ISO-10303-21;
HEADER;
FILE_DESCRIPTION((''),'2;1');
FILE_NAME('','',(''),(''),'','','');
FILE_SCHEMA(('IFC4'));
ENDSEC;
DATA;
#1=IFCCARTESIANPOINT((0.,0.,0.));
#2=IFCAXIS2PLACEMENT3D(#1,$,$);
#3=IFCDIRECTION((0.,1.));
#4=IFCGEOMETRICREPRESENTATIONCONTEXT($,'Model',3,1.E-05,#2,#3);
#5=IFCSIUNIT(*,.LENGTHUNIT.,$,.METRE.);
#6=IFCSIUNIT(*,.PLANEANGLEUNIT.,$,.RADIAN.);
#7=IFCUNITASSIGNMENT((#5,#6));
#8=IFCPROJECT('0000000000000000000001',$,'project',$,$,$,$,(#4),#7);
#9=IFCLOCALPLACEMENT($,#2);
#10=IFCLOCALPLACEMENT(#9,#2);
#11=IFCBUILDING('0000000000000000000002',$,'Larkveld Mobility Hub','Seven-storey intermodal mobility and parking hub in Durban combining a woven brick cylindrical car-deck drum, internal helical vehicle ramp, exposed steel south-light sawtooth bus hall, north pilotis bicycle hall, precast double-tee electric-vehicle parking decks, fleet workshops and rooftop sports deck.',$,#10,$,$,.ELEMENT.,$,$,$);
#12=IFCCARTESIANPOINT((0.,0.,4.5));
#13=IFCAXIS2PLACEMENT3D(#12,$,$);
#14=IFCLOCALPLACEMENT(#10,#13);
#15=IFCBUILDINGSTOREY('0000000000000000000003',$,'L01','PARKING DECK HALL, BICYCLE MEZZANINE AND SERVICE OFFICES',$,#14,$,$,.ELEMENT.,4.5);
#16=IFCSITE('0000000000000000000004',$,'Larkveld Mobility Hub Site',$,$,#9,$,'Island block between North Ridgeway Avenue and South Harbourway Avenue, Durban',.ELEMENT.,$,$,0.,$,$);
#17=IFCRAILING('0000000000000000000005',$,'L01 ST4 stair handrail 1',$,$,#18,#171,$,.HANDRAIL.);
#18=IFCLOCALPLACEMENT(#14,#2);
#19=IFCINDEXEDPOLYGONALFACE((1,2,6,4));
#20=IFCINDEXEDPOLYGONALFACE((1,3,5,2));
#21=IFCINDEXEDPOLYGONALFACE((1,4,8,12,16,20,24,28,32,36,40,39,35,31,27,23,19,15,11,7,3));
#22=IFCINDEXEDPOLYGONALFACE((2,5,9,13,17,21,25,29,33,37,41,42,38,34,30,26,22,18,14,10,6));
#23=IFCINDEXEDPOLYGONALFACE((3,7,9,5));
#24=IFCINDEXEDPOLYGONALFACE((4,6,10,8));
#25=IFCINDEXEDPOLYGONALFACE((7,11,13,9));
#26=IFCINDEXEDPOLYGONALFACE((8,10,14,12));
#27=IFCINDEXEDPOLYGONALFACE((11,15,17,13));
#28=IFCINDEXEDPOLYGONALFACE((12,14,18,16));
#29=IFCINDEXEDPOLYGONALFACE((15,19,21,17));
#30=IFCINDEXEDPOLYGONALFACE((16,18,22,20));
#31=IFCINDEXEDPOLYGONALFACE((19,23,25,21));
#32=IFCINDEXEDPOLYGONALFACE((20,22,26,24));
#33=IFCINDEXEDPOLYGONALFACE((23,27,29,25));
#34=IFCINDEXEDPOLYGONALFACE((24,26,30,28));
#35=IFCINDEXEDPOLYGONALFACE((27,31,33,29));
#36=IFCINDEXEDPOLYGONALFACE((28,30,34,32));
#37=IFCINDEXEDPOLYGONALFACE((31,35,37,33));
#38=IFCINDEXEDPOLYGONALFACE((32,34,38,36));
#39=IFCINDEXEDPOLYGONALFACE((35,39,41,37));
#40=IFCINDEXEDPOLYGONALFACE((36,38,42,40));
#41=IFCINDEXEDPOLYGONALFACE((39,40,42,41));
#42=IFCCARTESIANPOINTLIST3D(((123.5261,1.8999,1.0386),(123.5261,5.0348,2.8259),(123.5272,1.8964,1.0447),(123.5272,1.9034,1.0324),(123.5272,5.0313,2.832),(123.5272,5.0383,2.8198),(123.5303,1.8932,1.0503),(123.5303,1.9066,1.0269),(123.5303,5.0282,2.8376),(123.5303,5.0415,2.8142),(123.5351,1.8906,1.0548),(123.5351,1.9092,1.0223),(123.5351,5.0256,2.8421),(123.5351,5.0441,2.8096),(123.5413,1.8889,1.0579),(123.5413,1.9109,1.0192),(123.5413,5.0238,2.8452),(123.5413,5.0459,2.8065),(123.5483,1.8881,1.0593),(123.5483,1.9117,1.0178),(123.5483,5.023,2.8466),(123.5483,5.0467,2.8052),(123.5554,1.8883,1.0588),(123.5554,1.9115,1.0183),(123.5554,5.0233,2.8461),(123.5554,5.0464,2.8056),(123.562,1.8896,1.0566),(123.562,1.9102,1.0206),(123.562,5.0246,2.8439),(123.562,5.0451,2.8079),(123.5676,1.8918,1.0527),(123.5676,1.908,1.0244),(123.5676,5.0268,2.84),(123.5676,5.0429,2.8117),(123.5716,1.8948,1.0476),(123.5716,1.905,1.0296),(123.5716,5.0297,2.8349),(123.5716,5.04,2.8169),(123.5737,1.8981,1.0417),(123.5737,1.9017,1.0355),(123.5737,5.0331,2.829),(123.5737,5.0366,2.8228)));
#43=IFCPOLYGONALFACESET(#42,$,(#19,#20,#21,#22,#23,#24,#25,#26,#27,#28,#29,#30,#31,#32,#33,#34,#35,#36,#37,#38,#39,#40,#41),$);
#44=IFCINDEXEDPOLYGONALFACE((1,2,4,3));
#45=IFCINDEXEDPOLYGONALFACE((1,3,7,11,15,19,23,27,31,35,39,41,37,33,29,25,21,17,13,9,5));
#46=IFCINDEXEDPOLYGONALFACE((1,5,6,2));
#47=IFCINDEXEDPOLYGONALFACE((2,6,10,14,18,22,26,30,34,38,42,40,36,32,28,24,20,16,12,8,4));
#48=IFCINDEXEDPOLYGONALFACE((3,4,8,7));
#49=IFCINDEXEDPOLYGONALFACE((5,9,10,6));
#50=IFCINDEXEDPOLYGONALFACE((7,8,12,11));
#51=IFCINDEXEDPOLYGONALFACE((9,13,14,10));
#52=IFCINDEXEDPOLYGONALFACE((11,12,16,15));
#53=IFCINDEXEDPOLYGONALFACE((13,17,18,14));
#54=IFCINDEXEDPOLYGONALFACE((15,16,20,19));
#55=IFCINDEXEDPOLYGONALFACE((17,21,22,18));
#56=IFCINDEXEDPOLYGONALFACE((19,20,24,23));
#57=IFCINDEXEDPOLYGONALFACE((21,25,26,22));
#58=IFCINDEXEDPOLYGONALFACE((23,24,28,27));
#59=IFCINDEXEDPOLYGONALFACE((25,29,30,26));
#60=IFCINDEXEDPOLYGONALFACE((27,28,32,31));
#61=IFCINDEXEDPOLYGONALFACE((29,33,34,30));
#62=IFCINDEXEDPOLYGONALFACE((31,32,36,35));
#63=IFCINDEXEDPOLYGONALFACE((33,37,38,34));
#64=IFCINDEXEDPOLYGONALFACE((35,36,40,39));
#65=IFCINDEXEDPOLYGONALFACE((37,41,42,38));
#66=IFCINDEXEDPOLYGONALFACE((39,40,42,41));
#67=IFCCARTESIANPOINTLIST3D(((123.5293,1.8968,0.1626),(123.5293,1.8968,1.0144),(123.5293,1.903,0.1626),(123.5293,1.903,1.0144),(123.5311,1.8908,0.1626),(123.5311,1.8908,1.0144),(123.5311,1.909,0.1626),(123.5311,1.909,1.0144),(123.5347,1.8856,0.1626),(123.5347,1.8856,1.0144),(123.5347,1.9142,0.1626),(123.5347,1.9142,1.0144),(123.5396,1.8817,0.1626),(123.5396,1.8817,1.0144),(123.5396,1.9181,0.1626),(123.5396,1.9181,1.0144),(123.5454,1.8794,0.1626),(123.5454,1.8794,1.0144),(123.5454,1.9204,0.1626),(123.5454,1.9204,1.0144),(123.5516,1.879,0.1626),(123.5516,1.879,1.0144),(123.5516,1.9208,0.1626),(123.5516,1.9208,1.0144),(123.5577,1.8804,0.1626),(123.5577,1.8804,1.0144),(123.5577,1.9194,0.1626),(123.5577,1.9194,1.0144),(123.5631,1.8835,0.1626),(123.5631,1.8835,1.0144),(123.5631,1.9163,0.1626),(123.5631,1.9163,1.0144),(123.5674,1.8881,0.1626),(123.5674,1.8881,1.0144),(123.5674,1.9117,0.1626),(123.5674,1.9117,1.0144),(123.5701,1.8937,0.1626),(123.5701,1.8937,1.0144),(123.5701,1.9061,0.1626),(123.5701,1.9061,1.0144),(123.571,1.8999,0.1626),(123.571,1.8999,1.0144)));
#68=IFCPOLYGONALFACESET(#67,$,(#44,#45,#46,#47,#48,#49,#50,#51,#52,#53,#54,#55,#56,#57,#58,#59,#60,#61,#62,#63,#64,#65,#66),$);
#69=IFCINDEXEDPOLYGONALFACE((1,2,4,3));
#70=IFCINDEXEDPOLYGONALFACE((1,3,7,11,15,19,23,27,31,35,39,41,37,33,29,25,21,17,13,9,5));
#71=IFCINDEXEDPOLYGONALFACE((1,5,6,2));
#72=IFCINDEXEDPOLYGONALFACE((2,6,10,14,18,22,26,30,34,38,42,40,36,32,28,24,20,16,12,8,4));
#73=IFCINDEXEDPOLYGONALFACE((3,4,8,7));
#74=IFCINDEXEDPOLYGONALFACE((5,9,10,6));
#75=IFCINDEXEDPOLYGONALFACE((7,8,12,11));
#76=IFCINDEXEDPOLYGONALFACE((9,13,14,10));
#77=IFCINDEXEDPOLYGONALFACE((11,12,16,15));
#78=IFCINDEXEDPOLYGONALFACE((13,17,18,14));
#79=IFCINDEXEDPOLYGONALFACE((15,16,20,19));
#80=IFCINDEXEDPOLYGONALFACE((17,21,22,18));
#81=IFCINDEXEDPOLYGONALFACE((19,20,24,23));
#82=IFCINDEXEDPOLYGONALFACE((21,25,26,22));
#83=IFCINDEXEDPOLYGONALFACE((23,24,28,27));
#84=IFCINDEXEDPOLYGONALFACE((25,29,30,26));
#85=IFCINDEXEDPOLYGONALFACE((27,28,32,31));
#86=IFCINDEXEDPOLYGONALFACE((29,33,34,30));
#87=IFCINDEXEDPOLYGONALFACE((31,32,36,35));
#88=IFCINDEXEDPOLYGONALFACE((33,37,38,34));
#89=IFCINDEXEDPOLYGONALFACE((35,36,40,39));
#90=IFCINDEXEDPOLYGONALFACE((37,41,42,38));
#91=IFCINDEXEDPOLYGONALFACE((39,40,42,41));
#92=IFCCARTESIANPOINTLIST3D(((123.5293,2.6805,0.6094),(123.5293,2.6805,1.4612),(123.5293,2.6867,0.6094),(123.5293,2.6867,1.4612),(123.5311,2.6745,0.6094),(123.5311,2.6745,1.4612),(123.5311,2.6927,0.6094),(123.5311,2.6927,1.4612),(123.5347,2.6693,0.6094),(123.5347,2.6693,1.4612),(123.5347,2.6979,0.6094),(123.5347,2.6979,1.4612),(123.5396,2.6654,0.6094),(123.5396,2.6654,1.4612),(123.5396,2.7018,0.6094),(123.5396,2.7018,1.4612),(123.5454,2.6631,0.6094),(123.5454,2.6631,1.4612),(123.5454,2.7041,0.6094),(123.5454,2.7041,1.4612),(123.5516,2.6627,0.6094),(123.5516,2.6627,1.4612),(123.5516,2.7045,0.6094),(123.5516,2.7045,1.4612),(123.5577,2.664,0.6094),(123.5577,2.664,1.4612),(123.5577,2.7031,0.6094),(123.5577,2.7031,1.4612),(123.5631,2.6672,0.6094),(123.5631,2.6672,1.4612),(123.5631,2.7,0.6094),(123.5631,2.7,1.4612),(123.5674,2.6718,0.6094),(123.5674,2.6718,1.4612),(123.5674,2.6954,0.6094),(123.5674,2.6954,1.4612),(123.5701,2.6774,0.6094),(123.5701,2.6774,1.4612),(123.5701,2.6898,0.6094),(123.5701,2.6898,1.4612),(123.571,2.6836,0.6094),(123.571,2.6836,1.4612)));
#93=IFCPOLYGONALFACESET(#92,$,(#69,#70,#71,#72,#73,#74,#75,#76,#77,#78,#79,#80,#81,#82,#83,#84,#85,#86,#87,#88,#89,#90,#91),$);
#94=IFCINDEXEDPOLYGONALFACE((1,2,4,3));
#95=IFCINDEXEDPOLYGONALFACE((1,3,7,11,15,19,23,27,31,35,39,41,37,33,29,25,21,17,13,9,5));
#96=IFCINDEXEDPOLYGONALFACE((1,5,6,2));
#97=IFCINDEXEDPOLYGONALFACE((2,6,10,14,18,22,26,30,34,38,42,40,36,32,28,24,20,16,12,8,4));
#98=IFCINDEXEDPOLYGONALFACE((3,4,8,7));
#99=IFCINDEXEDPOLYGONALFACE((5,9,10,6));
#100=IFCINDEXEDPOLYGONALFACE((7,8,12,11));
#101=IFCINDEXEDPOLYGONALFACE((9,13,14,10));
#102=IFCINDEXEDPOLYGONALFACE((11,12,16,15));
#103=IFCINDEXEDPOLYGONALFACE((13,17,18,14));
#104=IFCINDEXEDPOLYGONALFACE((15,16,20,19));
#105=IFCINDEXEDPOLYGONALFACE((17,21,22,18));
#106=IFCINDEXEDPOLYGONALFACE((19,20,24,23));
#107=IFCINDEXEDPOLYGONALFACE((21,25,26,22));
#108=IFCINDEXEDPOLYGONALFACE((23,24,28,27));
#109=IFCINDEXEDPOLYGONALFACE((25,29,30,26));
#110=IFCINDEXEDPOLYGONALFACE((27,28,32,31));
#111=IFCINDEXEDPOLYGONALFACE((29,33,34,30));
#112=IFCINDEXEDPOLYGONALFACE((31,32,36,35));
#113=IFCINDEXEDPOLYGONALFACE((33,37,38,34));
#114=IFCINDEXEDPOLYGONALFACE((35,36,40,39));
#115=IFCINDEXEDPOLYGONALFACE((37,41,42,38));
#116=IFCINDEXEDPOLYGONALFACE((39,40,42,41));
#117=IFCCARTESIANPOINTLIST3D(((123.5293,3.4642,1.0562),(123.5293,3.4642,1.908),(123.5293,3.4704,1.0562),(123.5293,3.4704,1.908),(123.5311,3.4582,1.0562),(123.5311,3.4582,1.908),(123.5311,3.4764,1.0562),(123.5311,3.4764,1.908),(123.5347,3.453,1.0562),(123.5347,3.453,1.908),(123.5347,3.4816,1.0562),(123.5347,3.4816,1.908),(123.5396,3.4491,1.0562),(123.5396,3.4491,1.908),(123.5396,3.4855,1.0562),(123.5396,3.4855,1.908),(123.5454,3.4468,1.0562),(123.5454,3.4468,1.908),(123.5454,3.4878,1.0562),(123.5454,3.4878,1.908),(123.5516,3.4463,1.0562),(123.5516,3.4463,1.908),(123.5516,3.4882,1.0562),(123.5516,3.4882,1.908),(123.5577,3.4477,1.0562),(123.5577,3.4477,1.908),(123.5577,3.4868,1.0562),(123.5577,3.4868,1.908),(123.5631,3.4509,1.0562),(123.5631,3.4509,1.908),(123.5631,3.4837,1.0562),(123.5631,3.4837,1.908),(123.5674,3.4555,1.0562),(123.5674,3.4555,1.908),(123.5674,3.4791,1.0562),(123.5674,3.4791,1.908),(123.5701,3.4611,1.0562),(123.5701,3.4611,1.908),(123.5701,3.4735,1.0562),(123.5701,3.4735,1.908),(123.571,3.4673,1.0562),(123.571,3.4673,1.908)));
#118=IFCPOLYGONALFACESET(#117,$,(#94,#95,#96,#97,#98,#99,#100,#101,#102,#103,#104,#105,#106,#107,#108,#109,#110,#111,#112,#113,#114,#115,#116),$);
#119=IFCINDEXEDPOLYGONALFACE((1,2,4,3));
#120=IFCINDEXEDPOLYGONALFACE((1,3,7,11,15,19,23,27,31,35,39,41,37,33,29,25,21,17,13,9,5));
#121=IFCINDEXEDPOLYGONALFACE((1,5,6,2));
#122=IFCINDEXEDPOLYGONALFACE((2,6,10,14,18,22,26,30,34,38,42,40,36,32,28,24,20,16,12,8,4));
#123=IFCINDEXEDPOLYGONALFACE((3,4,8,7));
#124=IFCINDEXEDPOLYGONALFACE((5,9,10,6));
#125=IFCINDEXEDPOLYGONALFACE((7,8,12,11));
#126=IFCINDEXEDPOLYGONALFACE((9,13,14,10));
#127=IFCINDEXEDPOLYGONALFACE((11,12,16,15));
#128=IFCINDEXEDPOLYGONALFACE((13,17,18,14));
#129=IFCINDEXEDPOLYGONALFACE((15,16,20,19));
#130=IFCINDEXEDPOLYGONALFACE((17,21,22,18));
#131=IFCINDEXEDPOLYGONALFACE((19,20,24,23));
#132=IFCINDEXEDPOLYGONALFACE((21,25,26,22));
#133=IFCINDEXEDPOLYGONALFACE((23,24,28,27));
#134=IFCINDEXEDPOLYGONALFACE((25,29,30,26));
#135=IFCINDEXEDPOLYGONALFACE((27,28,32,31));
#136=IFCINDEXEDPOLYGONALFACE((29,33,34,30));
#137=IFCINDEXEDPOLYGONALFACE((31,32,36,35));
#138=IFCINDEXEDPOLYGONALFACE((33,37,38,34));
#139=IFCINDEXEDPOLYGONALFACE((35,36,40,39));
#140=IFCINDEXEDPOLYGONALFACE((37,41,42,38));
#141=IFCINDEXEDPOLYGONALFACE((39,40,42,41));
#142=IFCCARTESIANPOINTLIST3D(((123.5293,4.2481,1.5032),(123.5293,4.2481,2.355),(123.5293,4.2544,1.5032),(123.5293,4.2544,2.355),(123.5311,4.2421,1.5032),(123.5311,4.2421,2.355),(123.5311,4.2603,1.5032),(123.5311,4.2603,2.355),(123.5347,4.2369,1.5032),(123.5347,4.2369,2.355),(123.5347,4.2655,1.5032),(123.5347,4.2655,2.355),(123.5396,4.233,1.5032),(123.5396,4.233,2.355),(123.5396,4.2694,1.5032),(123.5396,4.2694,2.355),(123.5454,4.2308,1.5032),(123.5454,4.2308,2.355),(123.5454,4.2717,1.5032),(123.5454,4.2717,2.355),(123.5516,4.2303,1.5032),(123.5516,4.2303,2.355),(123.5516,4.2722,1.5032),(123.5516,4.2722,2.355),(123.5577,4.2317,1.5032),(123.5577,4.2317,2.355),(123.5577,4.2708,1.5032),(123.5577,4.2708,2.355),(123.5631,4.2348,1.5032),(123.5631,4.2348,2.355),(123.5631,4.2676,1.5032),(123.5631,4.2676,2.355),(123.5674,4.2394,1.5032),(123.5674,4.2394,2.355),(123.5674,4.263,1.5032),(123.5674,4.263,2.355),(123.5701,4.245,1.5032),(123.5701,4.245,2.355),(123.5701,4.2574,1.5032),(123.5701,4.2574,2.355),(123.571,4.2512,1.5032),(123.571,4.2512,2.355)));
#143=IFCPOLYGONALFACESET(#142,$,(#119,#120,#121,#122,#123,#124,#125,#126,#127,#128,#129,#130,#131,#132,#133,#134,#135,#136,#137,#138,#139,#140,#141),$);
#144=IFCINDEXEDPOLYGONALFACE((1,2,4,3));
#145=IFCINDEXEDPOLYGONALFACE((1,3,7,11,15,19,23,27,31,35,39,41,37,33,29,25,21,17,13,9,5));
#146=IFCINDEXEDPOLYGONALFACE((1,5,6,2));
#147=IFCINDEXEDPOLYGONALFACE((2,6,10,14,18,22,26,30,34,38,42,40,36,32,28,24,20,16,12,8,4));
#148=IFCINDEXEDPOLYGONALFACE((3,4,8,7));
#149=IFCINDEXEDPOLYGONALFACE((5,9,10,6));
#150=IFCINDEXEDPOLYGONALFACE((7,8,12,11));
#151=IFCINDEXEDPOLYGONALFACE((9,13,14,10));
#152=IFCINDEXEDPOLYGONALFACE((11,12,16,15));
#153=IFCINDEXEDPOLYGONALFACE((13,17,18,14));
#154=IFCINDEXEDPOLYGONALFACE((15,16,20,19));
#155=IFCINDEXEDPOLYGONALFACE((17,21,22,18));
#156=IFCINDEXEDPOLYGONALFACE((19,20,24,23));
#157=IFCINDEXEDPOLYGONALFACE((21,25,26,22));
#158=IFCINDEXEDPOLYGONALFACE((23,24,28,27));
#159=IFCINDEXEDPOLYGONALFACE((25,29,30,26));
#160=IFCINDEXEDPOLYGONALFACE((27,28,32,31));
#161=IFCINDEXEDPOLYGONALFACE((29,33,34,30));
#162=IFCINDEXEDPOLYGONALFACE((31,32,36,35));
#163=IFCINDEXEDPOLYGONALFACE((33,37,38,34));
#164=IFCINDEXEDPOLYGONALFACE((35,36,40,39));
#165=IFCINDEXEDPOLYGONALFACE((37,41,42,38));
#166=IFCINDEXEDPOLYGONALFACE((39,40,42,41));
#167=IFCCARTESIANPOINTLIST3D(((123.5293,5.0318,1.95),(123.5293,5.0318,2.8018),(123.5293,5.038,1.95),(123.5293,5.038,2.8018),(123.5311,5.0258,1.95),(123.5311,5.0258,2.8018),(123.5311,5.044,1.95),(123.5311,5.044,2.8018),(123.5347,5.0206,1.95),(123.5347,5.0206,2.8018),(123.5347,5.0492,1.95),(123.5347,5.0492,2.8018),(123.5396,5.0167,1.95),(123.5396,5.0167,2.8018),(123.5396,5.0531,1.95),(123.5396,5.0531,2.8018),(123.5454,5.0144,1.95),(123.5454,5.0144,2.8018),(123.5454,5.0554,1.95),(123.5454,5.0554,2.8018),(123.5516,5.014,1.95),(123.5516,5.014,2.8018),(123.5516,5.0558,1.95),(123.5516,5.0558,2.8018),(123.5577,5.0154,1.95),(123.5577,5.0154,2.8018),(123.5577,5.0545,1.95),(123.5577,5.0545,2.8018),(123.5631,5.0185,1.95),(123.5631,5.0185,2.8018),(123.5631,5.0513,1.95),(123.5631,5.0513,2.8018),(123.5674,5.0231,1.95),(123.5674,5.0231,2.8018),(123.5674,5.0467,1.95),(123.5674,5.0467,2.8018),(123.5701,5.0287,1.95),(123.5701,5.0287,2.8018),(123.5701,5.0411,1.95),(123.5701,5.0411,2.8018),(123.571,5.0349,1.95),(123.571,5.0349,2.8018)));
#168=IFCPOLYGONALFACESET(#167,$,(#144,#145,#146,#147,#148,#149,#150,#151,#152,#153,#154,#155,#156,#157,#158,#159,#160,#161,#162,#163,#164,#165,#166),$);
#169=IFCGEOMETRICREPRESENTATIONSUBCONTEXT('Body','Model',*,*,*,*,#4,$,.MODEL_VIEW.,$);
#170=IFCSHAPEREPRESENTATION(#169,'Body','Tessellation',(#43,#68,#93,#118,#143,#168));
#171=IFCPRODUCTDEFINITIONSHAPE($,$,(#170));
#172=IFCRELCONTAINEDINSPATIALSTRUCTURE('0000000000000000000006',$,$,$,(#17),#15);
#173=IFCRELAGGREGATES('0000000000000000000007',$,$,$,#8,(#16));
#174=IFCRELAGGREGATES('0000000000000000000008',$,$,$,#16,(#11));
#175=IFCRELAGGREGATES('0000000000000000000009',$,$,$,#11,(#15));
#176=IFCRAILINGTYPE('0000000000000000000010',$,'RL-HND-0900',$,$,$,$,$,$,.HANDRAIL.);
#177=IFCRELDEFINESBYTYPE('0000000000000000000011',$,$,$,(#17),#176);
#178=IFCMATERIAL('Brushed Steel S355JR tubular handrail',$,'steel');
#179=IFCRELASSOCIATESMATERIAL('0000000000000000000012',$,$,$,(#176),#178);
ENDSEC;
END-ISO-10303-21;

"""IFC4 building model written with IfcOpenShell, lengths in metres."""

from ifc_helpers import new_model, si_unit, direction, frame, origin, origin_2d, place, context, subcontext, project, spatial, circle, extrude, material, type_object, element, save


model = new_model("IFC4")

# Units and contexts
model_context = context("Model", 3, precision=1e-05, world=origin(), true_north=direction((0.0, 1.0)))
body_context = subcontext(model_context, "Body", "Model", "MODEL_VIEW")
ifc_project = project(units=[si_unit("LENGTHUNIT", "METRE"), si_unit("PLANEANGLEUNIT", "RADIAN")], contexts=[model_context])

# Site, building, storey
site_placement = place(None, origin())
site = spatial("IfcSite", under=ifc_project, at=site_placement, Name="Larkveld Mobility Hub Site", LongName="Island block between North Ridgeway Avenue and South Harbourway Avenue, Durban", CompositionType="ELEMENT", RefElevation=0.0)
building_placement = place(site_placement, origin())
building = spatial("IfcBuilding", under=site, at=building_placement, Name="Larkveld Mobility Hub", Description="Seven-storey intermodal mobility and parking hub in Durban combining a woven brick cylindrical car-deck drum, internal helical vehicle ramp, exposed steel south-light sawtooth bus hall, north pilotis bicycle hall, precast double-tee electric-vehicle parking decks, fleet workshops and rooftop sports deck.", CompositionType="ELEMENT")
storey_placement = place(building_placement, frame((0.0, 0.0, 4.5)))
storey = spatial("IfcBuildingStorey", under=building, at=storey_placement, Name="L01", Description="PARKING DECK HALL, BICYCLE MEZZANINE AND SERVICE OFFICES", CompositionType="ELEMENT", Elevation=4.5)

# Railing
ifc_material_1 = material(Name="Brushed Steel S355JR tubular handrail", Category="steel")
railing_type_1 = type_object("IfcRailingType", Name="RL-HND-0900", PredefinedType="HANDRAIL", material=ifc_material_1)
railing_1_placement = place(storey_placement, frame((123.55, 1.8999, 0.1626)))
element("IfcRailing", 1, at=railing_1_placement, inside=storey, type_object=railing_type_1, Name="L01 ST4 stair handrail 1", PredefinedType="HANDRAIL", context=body_context, shape_type="SweptSolid", body=[
    extrude(circle(Radius=0.0239, at=origin_2d()), frame((0.0, 0.0, 0.876), z_axis=(0.0, 0.86873, 0.495286), x_axis=(-1.0, 0.0, 0.0)), (0.0, 0.0, 1.0), 3.6086),
    extrude(circle(Radius=0.021, at=origin_2d()), origin(), (0.0, 0.0, 1.0), 0.8518),
    extrude(circle(Radius=0.021, at=origin_2d()), frame((0.0, 0.7837, 0.4468)), (0.0, 0.0, 1.0), 0.8518),
    extrude(circle(Radius=0.021, at=origin_2d()), frame((0.0, 1.5674, 0.8936)), (0.0, 0.0, 1.0), 0.8518),
    extrude(circle(Radius=0.021, at=origin_2d()), frame((0.0, 2.3513, 1.3406)), (0.0, 0.0, 1.0), 0.8518),
    extrude(circle(Radius=0.021, at=origin_2d()), frame((0.0, 3.135, 1.7874)), (0.0, 0.0, 1.0), 0.8518),
])

save(model, "model.ifc")
